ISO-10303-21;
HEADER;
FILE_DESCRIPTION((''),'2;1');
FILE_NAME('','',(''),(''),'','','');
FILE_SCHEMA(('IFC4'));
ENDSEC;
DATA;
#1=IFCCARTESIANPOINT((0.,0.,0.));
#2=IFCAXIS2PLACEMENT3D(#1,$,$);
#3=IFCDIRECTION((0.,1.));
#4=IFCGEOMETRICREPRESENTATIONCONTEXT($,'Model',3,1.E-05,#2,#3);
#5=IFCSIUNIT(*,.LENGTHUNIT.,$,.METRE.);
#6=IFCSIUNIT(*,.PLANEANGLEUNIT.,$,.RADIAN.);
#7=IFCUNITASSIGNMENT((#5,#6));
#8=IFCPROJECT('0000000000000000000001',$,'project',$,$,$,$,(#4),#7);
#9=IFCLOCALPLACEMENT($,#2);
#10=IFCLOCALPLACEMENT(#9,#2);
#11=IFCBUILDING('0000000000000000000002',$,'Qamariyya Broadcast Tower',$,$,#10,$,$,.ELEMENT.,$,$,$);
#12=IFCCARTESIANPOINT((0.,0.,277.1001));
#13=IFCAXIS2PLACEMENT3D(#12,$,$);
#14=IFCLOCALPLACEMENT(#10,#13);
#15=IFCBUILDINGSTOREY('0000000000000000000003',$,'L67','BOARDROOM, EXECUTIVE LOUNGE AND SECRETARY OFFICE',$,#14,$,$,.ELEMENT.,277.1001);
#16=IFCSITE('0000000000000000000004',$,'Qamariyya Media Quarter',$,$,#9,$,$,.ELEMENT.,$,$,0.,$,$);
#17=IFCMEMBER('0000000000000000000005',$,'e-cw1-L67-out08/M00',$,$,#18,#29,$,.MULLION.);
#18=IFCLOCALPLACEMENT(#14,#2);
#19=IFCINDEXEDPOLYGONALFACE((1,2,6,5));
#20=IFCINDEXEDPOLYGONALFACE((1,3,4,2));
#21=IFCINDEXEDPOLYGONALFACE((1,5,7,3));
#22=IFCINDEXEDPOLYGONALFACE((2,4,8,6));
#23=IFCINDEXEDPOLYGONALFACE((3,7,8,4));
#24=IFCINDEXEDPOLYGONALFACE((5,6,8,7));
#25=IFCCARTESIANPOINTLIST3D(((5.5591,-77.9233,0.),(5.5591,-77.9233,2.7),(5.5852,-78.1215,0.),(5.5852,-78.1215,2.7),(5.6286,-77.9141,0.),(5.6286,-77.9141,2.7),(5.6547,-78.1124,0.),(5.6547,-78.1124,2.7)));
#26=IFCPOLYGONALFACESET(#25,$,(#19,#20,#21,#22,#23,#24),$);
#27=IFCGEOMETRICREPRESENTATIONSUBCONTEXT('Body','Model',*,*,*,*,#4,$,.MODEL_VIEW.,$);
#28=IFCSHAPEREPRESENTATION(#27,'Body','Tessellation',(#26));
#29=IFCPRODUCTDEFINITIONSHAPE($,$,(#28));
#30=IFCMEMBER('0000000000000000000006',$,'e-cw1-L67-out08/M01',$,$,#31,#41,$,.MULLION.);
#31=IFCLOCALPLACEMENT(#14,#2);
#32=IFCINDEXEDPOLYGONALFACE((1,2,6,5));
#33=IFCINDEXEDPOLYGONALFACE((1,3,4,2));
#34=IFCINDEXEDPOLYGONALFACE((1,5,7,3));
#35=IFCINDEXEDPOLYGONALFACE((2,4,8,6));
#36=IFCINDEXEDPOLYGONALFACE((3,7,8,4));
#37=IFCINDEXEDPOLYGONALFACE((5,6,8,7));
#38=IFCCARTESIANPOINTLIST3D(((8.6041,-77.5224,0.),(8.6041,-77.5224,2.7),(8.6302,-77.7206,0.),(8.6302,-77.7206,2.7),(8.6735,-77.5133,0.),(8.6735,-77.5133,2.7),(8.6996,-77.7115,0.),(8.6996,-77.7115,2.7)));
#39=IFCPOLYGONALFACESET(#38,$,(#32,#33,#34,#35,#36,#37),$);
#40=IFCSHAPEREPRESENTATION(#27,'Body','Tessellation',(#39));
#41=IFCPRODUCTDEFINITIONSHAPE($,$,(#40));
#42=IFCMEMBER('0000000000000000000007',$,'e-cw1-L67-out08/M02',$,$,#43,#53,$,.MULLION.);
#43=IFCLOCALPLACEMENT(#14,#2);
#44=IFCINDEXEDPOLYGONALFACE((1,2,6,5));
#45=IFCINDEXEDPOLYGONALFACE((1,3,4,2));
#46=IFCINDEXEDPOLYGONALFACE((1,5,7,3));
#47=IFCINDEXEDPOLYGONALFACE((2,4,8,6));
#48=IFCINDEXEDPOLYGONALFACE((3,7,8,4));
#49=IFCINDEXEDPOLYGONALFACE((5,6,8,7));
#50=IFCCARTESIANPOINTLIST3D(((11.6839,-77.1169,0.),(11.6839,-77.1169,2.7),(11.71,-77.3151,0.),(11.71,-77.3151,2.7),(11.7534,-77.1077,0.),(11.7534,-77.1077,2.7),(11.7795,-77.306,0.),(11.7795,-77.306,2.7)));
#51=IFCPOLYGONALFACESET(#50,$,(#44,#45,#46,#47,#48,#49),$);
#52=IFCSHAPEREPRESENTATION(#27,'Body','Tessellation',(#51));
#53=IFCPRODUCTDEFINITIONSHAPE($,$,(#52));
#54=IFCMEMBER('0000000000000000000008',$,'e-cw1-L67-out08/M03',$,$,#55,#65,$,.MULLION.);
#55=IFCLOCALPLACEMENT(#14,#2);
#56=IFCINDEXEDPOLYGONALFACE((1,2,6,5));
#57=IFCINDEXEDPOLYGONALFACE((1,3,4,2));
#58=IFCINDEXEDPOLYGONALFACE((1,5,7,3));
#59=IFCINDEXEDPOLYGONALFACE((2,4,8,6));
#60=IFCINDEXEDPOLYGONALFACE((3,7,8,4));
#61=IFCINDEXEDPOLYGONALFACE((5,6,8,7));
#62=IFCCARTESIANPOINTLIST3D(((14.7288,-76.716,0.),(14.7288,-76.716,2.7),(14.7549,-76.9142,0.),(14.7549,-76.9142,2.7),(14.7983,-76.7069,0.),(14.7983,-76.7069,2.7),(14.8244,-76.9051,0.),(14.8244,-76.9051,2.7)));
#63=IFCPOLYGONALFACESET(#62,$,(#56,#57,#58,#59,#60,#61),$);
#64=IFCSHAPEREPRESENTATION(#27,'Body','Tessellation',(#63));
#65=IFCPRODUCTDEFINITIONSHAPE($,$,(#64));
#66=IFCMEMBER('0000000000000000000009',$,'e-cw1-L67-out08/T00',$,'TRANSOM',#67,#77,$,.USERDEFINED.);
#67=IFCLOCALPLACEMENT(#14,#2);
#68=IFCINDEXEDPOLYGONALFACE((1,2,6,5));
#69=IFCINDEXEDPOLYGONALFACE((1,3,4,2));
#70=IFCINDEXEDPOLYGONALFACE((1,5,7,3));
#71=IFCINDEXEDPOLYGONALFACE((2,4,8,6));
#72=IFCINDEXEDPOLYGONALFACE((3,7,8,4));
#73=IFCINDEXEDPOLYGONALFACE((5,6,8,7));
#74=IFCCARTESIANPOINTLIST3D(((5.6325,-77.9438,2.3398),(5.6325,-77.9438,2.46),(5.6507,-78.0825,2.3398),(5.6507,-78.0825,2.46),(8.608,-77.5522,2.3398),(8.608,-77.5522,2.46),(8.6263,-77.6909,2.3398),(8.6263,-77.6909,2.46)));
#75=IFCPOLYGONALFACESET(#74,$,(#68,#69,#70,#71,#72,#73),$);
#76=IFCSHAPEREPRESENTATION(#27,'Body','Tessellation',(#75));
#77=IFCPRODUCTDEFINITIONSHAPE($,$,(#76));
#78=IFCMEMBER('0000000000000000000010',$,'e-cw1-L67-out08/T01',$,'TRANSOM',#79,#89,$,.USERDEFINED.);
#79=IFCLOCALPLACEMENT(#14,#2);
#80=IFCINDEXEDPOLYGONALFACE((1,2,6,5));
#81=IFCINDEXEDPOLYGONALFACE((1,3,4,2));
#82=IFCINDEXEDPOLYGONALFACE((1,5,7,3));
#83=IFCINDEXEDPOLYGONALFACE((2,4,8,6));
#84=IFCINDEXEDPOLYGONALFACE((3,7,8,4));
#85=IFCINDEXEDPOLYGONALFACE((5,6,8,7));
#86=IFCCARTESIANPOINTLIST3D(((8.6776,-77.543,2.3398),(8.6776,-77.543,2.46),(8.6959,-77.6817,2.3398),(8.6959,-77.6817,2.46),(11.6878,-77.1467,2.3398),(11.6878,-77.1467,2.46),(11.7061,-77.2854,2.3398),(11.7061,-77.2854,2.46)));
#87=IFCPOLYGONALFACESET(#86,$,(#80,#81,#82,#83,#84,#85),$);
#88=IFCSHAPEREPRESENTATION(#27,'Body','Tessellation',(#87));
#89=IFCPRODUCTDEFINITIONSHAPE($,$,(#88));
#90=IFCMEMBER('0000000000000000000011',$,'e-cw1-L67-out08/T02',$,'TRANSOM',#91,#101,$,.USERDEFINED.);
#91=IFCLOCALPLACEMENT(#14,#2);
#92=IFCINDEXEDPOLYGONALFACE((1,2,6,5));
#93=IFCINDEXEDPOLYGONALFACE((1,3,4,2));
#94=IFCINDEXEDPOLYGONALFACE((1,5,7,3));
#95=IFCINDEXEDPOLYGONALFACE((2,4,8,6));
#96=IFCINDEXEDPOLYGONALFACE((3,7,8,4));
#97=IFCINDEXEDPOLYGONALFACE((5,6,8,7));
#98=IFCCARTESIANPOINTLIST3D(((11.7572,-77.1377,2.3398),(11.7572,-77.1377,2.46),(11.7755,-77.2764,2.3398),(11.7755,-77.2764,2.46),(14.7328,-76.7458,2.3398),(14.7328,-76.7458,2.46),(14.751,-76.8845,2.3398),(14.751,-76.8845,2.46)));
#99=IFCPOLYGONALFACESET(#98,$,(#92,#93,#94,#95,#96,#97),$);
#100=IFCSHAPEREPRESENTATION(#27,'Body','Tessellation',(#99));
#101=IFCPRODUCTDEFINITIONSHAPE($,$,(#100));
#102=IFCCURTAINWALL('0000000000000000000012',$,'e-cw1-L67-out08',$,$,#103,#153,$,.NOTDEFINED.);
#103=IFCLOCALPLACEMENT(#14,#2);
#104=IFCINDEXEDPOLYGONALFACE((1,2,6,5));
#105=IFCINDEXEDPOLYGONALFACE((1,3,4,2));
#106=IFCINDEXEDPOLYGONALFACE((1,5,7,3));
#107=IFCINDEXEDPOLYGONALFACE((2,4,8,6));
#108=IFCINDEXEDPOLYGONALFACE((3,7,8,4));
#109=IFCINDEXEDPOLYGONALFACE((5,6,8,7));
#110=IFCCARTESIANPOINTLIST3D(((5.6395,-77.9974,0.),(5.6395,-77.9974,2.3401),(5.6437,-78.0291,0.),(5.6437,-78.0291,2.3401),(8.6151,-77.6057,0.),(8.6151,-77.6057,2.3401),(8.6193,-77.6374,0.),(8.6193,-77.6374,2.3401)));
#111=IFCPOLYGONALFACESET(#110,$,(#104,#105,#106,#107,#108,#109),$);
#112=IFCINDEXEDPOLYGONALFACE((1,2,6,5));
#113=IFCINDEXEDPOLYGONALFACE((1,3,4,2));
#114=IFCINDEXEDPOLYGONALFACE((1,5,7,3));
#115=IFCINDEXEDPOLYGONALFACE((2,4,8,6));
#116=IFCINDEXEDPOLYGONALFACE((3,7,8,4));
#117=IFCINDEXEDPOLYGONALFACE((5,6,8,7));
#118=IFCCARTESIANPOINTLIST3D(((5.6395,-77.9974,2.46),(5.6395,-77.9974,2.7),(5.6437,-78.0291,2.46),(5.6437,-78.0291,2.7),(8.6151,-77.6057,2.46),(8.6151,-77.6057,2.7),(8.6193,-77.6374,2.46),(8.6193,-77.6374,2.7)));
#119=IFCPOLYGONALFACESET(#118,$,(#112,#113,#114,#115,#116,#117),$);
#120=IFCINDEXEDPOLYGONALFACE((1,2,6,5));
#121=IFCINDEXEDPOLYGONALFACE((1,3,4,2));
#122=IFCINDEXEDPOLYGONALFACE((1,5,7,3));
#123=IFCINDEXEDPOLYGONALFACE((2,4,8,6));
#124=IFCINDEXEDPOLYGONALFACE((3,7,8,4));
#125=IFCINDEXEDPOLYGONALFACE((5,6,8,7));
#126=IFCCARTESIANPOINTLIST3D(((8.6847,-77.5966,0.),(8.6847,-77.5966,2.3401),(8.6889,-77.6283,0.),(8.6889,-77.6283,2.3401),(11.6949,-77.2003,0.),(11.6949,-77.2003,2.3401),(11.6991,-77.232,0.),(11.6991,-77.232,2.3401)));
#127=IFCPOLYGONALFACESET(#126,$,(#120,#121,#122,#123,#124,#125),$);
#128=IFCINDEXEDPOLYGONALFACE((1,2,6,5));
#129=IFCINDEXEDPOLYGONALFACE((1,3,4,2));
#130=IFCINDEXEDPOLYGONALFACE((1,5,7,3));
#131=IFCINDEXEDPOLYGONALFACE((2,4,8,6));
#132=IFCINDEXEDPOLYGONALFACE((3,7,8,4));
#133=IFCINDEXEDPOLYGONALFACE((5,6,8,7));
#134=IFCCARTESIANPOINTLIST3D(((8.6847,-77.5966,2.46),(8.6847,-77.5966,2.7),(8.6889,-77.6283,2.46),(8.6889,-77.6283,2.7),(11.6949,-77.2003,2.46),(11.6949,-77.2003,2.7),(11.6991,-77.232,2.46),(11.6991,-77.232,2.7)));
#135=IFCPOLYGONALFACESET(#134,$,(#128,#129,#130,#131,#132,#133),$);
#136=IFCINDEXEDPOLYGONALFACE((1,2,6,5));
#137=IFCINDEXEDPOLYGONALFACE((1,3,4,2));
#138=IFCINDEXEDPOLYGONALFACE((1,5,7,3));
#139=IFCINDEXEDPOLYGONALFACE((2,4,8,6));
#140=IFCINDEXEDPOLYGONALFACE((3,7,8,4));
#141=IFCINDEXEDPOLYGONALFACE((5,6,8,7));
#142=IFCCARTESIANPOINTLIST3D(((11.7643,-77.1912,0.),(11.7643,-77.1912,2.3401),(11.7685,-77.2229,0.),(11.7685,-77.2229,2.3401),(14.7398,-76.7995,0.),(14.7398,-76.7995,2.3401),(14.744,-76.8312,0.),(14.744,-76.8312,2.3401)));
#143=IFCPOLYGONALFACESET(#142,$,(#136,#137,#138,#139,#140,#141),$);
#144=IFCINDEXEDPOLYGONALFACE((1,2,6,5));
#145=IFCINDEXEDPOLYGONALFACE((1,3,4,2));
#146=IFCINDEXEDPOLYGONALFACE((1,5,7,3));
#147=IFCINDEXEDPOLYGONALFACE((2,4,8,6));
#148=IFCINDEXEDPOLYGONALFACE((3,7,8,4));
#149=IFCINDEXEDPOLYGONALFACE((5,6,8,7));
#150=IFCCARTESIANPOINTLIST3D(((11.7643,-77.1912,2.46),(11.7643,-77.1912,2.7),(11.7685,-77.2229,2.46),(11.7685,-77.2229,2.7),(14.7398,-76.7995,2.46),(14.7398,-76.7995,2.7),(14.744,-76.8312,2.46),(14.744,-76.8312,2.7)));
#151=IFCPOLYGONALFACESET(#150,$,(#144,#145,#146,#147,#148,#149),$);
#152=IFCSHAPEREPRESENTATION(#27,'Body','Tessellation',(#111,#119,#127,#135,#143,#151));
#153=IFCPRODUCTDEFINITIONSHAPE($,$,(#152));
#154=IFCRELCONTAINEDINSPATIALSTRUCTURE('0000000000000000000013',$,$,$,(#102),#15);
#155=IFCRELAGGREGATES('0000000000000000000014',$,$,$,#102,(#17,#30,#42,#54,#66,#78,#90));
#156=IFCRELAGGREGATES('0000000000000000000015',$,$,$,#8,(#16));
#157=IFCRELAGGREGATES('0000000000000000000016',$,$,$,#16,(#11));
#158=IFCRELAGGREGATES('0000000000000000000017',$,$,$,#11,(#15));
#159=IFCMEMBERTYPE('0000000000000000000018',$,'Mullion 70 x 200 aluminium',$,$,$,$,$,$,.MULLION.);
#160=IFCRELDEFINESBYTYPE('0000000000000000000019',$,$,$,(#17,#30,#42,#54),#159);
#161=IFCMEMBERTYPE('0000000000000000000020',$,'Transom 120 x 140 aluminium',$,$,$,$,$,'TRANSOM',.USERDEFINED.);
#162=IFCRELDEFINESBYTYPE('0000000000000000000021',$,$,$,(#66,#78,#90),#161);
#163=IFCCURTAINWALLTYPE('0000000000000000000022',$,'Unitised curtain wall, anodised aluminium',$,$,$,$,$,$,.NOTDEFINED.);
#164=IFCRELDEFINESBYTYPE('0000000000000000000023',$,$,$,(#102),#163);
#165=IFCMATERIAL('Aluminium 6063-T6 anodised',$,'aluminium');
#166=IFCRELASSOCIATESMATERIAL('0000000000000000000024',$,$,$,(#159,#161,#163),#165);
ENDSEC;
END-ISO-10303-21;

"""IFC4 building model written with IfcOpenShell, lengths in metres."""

from ifc_helpers import new_model, si_unit, direction, frame, origin, origin_2d, place, context, subcontext, project, spatial, rectangle, extrude, material, material_profile, profile_set, type_object, element, aggregate, save


model = new_model("IFC4")

# Units and contexts
model_context = context("Model", 3, precision=1e-05, world=origin(), true_north=direction((0.0, 1.0)))
body_context = subcontext(model_context, "Body", "Model", "MODEL_VIEW")
ifc_project = project(units=[si_unit("LENGTHUNIT", "METRE"), si_unit("PLANEANGLEUNIT", "RADIAN")], contexts=[model_context])

# Members
ifc_material = material(Name="Aluminium 6063-T6 anodised", Category="aluminium")
ifc_material_profile_1 = material_profile(ifc_material, rectangle(XDim=0.2, YDim=0.0701, at=origin_2d()))
ifc_profile_set_1 = profile_set([ifc_material_profile_1], Name="Aluminium 6063-T6 anodised")
member_type_1 = type_object("IfcMemberType", Name="Mullion 70 x 200 aluminium", PredefinedType="MULLION", material=ifc_profile_set_1)
site_placement = place(None, origin())
building_placement = place(site_placement, origin())
storey_placement = place(building_placement, frame((0.0, 0.0, 277.1001)))
member_1_placement = place(storey_placement, frame((5.6069, -78.0178, 0.0), z_axis=(0.0, 0.0, 1.0), x_axis=(-0.130526, 0.991445, 0.0)))
member_1 = element("IfcMember", 1, at=member_1_placement, type_object=member_type_1, Name="e-cw1-L67-out08/M00", PredefinedType="MULLION", context=body_context, shape_type="SweptSolid", body=[
    extrude(rectangle(XDim=0.2, YDim=0.0701, at=origin_2d()), origin(), (0.0, 0.0, 1.0), 2.7),
])
member_2_placement = place(storey_placement, frame((8.6519, -77.6169, 0.0), z_axis=(0.0, 0.0, 1.0), x_axis=(-0.130526, 0.991445, 0.0)))
member_2 = element("IfcMember", 2, at=member_2_placement, type_object=member_type_1, Name="e-cw1-L67-out08/M01", PredefinedType="MULLION", context=body_context, shape_type="SweptSolid", body=[
    extrude(rectangle(XDim=0.2, YDim=0.0701, at=origin_2d()), origin(), (0.0, 0.0, 1.0), 2.7),
])
member_3_placement = place(storey_placement, frame((11.7317, -77.2114, 0.0), z_axis=(0.0, 0.0, 1.0), x_axis=(-0.130526, 0.991445, 0.0)))
member_3 = element("IfcMember", 3, at=member_3_placement, type_object=member_type_1, Name="e-cw1-L67-out08/M02", PredefinedType="MULLION", context=body_context, shape_type="SweptSolid", body=[
    extrude(rectangle(XDim=0.2, YDim=0.0701, at=origin_2d()), origin(), (0.0, 0.0, 1.0), 2.7),
])
member_4_placement = place(storey_placement, frame((14.7766, -76.8105, 0.0), z_axis=(0.0, 0.0, 1.0), x_axis=(-0.130526, 0.991445, 0.0)))
member_4 = element("IfcMember", 4, at=member_4_placement, type_object=member_type_1, Name="e-cw1-L67-out08/M03", PredefinedType="MULLION", context=body_context, shape_type="SweptSolid", body=[
    extrude(rectangle(XDim=0.2, YDim=0.0701, at=origin_2d()), origin(), (0.0, 0.0, 1.0), 2.7),
])
ifc_material_profile_2 = material_profile(ifc_material, rectangle(XDim=0.1399, YDim=0.1201, at=origin_2d()))
ifc_profile_set_2 = profile_set([ifc_material_profile_2], Name="Aluminium 6063-T6 anodised")
member_type_2 = type_object("IfcMemberType", Name="Transom 120 x 140 aluminium", ElementType="TRANSOM", PredefinedType="USERDEFINED", material=ifc_profile_set_2)
member_5_placement = place(storey_placement, frame((5.6416, -78.0132, 2.3999), z_axis=(0.991451, 0.13048, 0.0), x_axis=(-0.13048, 0.991451, 0.0)))
member_5 = element("IfcMember", 5, at=member_5_placement, type_object=member_type_2, Name="e-cw1-L67-out08/T00", ObjectType="TRANSOM", PredefinedType="USERDEFINED", context=body_context, shape_type="SweptSolid", body=[
    extrude(rectangle(XDim=0.1399, YDim=0.1201, at=origin_2d()), origin(), (0.0, 0.0, 1.0), 3.0012),
])
member_6_placement = place(storey_placement, frame((8.6868, -77.6123, 2.3999), z_axis=(0.991448, 0.130504, 0.0), x_axis=(-0.130504, 0.991448, 0.0)))
member_6 = element("IfcMember", 6, at=member_6_placement, type_object=member_type_2, Name="e-cw1-L67-out08/T01", ObjectType="TRANSOM", PredefinedType="USERDEFINED", context=body_context, shape_type="SweptSolid", body=[
    extrude(rectangle(XDim=0.1399, YDim=0.1201, at=origin_2d()), origin(), (0.0, 0.0, 1.0), 3.0361),
])
member_7_placement = place(storey_placement, frame((11.7664, -77.207, 2.3999), z_axis=(0.99144, 0.13056, 0.0), x_axis=(-0.13056, 0.99144, 0.0)))
member_7 = element("IfcMember", 7, at=member_7_placement, type_object=member_type_2, Name="e-cw1-L67-out08/T02", ObjectType="TRANSOM", PredefinedType="USERDEFINED", context=body_context, shape_type="SweptSolid", body=[
    extrude(rectangle(XDim=0.1399, YDim=0.1201, at=origin_2d()), origin(), (0.0, 0.0, 1.0), 3.0012),
])

# Site, building, storey
site = spatial("IfcSite", under=ifc_project, at=site_placement, Name="Qamariyya Media Quarter", CompositionType="ELEMENT", RefElevation=0.0)
building = spatial("IfcBuilding", under=site, at=building_placement, Name="Qamariyya Broadcast Tower", CompositionType="ELEMENT")
storey = spatial("IfcBuildingStorey", under=building, at=storey_placement, Name="L67", Description="BOARDROOM, EXECUTIVE LOUNGE AND SECRETARY OFFICE", CompositionType="ELEMENT", Elevation=277.1001)

# Curtain wall
curtain_wall_type = type_object("IfcCurtainWallType", Name="Unitised curtain wall, anodised aluminium", PredefinedType="NOTDEFINED", material=ifc_material)
curtain_wall_1_placement = place(storey_placement, origin())
curtain_wall_1 = element("IfcCurtainWall", 8, at=curtain_wall_1_placement, inside=storey, type_object=curtain_wall_type, Name="e-cw1-L67-out08", PredefinedType="NOTDEFINED", context=body_context, shape_type="SweptSolid", body=[
    extrude(rectangle(XDim=3.0012, YDim=0.032, at=origin_2d()), frame((7.1294, -77.8174, 0.0), x_axis=(0.991445, 0.130523, 0.0)), (0.0, 0.0, 1.0), 2.3401),
    extrude(rectangle(XDim=3.0012, YDim=0.032, at=origin_2d()), frame((7.1294, -77.8174, 2.46), x_axis=(0.991445, 0.130523, 0.0)), (0.0, 0.0, 1.0), 0.24),
    extrude(rectangle(XDim=3.0361, YDim=0.032, at=origin_2d()), frame((10.1919, -77.4143, 0.0), x_axis=(0.991445, 0.130523, 0.0)), (0.0, 0.0, 1.0), 2.3401),
    extrude(rectangle(XDim=3.0361, YDim=0.032, at=origin_2d()), frame((10.1919, -77.4143, 2.46), x_axis=(0.991445, 0.130523, 0.0)), (0.0, 0.0, 1.0), 0.24),
    extrude(rectangle(XDim=3.0012, YDim=0.032, at=origin_2d()), frame((13.2542, -77.0112, 0.0), x_axis=(0.991445, 0.130523, 0.0)), (0.0, 0.0, 1.0), 2.3401),
    extrude(rectangle(XDim=3.0012, YDim=0.032, at=origin_2d()), frame((13.2542, -77.0112, 2.46), x_axis=(0.991445, 0.130523, 0.0)), (0.0, 0.0, 1.0), 0.24),
])
aggregate(curtain_wall_1, [member_1, member_2, member_3, member_4, member_5, member_6, member_7])

save(model, "model.ifc")
